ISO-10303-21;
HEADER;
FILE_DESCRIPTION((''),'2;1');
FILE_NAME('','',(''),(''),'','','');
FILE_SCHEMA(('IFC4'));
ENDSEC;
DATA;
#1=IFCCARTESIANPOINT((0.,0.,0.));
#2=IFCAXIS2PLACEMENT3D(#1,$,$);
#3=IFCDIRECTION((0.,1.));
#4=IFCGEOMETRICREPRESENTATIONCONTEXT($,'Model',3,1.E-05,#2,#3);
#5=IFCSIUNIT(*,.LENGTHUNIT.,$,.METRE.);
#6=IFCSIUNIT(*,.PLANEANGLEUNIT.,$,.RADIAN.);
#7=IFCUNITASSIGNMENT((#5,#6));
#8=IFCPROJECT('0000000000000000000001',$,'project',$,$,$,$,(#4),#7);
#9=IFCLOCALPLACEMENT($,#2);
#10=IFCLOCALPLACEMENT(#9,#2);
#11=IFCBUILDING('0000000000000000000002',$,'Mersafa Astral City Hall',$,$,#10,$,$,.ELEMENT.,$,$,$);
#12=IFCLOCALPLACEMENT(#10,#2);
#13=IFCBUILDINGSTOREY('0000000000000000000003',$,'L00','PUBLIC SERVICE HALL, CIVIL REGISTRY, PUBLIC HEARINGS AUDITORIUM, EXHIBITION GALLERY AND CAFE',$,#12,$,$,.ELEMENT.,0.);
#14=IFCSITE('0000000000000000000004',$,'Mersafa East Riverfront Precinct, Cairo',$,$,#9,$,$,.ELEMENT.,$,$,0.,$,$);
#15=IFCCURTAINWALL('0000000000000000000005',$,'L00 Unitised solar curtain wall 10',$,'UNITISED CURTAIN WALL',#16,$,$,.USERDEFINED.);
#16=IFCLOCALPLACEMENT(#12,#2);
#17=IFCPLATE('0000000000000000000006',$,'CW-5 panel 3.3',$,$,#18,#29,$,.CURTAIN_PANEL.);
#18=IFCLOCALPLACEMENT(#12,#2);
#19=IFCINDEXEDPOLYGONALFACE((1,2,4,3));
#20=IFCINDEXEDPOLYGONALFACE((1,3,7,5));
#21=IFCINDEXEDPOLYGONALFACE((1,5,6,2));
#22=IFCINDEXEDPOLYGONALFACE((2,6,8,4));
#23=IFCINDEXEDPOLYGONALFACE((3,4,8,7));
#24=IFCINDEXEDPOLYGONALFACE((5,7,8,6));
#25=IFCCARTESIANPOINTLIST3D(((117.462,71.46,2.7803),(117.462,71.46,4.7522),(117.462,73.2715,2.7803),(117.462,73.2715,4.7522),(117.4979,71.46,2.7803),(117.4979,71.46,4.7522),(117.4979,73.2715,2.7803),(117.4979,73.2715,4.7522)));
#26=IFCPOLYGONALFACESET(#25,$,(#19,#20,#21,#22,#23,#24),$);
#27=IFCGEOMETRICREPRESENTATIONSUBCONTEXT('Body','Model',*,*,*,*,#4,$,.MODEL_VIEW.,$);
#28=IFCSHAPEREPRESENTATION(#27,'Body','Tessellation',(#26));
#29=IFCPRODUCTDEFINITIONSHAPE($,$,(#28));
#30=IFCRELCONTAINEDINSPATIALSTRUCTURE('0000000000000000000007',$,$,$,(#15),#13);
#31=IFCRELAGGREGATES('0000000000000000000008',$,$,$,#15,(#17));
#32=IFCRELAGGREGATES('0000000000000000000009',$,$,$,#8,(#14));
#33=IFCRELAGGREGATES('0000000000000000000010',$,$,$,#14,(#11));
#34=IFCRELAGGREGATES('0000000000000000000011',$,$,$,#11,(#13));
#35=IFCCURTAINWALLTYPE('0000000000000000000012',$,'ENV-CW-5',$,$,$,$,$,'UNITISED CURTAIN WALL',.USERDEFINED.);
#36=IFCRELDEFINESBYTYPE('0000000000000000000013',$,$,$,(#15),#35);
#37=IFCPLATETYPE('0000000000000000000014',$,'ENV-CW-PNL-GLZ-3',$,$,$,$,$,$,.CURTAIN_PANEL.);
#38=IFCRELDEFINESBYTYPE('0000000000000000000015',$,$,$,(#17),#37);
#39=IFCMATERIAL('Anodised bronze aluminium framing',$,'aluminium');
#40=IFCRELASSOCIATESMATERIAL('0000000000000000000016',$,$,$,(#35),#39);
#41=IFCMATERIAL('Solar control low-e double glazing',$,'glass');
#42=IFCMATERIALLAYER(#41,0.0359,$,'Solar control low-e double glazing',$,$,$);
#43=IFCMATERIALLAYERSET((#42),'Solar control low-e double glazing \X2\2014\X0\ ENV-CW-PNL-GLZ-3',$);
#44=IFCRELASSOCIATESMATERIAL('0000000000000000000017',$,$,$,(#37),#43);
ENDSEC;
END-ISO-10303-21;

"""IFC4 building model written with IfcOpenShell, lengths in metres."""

from ifc_helpers import new_model, si_unit, direction, frame, origin, origin_2d, place, context, subcontext, project, spatial, rectangle, extrude, material, layer, layer_set, type_object, element, aggregate, save


model = new_model("IFC4")

# Units and contexts
model_context = context("Model", 3, precision=1e-05, world=origin(), true_north=direction((0.0, 1.0)))
body_context = subcontext(model_context, "Body", "Model", "MODEL_VIEW")
ifc_project = project(units=[si_unit("LENGTHUNIT", "METRE"), si_unit("PLANEANGLEUNIT", "RADIAN")], contexts=[model_context])

# Site, building, storey
site_placement = place(None, origin())
site = spatial("IfcSite", under=ifc_project, at=site_placement, Name="Mersafa East Riverfront Precinct, Cairo", CompositionType="ELEMENT", RefElevation=0.0)
building_placement = place(site_placement, origin())
building = spatial("IfcBuilding", under=site, at=building_placement, Name="Mersafa Astral City Hall", CompositionType="ELEMENT")
storey_placement = place(building_placement, origin())
storey = spatial("IfcBuildingStorey", under=building, at=storey_placement, Name="L00", Description="PUBLIC SERVICE HALL, CIVIL REGISTRY, PUBLIC HEARINGS AUDITORIUM, EXHIBITION GALLERY AND CAFE", CompositionType="ELEMENT", Elevation=0.0)

# Curtain wall, plate
ifc_material_1 = material(Name="Anodised bronze aluminium framing", Category="aluminium")
curtain_wall_type = type_object("IfcCurtainWallType", Name="ENV-CW-5", ElementType="UNITISED CURTAIN WALL", PredefinedType="USERDEFINED", material=ifc_material_1)
curtain_wall_placement = place(storey_placement, origin())
curtain_wall = element("IfcCurtainWall", 1, at=curtain_wall_placement, inside=storey, type_object=curtain_wall_type, Name="L00 Unitised solar curtain wall 10", ObjectType="UNITISED CURTAIN WALL", PredefinedType="USERDEFINED")
ifc_material_2 = material(Name="Solar control low-e double glazing", Category="glass")
ifc_layer = layer(ifc_material_2, 0.0359, Name="Solar control low-e double glazing")
ifc_layer_set = layer_set([ifc_layer], Name="Solar control low-e double glazing — ENV-CW-PNL-GLZ-3")
plate_type = type_object("IfcPlateType", Name="ENV-CW-PNL-GLZ-3", PredefinedType="CURTAIN_PANEL", material=ifc_layer_set)
plate_1_placement = place(storey_placement, frame((117.48, 72.3657, 2.7803), z_axis=(0.0, 0.0, 1.0), x_axis=(0.0, 1.0, 0.0)))
plate_1 = element("IfcPlate", 2, at=plate_1_placement, type_object=plate_type, Name="CW-5 panel 3.3", PredefinedType="CURTAIN_PANEL", context=body_context, shape_type="SweptSolid", body=[
    extrude(rectangle(XDim=1.8115, YDim=0.0359, at=origin_2d()), origin(), (0.0, 0.0, 1.0), 1.9719),
])
aggregate(curtain_wall, [plate_1])

save(model, "model.ifc")
